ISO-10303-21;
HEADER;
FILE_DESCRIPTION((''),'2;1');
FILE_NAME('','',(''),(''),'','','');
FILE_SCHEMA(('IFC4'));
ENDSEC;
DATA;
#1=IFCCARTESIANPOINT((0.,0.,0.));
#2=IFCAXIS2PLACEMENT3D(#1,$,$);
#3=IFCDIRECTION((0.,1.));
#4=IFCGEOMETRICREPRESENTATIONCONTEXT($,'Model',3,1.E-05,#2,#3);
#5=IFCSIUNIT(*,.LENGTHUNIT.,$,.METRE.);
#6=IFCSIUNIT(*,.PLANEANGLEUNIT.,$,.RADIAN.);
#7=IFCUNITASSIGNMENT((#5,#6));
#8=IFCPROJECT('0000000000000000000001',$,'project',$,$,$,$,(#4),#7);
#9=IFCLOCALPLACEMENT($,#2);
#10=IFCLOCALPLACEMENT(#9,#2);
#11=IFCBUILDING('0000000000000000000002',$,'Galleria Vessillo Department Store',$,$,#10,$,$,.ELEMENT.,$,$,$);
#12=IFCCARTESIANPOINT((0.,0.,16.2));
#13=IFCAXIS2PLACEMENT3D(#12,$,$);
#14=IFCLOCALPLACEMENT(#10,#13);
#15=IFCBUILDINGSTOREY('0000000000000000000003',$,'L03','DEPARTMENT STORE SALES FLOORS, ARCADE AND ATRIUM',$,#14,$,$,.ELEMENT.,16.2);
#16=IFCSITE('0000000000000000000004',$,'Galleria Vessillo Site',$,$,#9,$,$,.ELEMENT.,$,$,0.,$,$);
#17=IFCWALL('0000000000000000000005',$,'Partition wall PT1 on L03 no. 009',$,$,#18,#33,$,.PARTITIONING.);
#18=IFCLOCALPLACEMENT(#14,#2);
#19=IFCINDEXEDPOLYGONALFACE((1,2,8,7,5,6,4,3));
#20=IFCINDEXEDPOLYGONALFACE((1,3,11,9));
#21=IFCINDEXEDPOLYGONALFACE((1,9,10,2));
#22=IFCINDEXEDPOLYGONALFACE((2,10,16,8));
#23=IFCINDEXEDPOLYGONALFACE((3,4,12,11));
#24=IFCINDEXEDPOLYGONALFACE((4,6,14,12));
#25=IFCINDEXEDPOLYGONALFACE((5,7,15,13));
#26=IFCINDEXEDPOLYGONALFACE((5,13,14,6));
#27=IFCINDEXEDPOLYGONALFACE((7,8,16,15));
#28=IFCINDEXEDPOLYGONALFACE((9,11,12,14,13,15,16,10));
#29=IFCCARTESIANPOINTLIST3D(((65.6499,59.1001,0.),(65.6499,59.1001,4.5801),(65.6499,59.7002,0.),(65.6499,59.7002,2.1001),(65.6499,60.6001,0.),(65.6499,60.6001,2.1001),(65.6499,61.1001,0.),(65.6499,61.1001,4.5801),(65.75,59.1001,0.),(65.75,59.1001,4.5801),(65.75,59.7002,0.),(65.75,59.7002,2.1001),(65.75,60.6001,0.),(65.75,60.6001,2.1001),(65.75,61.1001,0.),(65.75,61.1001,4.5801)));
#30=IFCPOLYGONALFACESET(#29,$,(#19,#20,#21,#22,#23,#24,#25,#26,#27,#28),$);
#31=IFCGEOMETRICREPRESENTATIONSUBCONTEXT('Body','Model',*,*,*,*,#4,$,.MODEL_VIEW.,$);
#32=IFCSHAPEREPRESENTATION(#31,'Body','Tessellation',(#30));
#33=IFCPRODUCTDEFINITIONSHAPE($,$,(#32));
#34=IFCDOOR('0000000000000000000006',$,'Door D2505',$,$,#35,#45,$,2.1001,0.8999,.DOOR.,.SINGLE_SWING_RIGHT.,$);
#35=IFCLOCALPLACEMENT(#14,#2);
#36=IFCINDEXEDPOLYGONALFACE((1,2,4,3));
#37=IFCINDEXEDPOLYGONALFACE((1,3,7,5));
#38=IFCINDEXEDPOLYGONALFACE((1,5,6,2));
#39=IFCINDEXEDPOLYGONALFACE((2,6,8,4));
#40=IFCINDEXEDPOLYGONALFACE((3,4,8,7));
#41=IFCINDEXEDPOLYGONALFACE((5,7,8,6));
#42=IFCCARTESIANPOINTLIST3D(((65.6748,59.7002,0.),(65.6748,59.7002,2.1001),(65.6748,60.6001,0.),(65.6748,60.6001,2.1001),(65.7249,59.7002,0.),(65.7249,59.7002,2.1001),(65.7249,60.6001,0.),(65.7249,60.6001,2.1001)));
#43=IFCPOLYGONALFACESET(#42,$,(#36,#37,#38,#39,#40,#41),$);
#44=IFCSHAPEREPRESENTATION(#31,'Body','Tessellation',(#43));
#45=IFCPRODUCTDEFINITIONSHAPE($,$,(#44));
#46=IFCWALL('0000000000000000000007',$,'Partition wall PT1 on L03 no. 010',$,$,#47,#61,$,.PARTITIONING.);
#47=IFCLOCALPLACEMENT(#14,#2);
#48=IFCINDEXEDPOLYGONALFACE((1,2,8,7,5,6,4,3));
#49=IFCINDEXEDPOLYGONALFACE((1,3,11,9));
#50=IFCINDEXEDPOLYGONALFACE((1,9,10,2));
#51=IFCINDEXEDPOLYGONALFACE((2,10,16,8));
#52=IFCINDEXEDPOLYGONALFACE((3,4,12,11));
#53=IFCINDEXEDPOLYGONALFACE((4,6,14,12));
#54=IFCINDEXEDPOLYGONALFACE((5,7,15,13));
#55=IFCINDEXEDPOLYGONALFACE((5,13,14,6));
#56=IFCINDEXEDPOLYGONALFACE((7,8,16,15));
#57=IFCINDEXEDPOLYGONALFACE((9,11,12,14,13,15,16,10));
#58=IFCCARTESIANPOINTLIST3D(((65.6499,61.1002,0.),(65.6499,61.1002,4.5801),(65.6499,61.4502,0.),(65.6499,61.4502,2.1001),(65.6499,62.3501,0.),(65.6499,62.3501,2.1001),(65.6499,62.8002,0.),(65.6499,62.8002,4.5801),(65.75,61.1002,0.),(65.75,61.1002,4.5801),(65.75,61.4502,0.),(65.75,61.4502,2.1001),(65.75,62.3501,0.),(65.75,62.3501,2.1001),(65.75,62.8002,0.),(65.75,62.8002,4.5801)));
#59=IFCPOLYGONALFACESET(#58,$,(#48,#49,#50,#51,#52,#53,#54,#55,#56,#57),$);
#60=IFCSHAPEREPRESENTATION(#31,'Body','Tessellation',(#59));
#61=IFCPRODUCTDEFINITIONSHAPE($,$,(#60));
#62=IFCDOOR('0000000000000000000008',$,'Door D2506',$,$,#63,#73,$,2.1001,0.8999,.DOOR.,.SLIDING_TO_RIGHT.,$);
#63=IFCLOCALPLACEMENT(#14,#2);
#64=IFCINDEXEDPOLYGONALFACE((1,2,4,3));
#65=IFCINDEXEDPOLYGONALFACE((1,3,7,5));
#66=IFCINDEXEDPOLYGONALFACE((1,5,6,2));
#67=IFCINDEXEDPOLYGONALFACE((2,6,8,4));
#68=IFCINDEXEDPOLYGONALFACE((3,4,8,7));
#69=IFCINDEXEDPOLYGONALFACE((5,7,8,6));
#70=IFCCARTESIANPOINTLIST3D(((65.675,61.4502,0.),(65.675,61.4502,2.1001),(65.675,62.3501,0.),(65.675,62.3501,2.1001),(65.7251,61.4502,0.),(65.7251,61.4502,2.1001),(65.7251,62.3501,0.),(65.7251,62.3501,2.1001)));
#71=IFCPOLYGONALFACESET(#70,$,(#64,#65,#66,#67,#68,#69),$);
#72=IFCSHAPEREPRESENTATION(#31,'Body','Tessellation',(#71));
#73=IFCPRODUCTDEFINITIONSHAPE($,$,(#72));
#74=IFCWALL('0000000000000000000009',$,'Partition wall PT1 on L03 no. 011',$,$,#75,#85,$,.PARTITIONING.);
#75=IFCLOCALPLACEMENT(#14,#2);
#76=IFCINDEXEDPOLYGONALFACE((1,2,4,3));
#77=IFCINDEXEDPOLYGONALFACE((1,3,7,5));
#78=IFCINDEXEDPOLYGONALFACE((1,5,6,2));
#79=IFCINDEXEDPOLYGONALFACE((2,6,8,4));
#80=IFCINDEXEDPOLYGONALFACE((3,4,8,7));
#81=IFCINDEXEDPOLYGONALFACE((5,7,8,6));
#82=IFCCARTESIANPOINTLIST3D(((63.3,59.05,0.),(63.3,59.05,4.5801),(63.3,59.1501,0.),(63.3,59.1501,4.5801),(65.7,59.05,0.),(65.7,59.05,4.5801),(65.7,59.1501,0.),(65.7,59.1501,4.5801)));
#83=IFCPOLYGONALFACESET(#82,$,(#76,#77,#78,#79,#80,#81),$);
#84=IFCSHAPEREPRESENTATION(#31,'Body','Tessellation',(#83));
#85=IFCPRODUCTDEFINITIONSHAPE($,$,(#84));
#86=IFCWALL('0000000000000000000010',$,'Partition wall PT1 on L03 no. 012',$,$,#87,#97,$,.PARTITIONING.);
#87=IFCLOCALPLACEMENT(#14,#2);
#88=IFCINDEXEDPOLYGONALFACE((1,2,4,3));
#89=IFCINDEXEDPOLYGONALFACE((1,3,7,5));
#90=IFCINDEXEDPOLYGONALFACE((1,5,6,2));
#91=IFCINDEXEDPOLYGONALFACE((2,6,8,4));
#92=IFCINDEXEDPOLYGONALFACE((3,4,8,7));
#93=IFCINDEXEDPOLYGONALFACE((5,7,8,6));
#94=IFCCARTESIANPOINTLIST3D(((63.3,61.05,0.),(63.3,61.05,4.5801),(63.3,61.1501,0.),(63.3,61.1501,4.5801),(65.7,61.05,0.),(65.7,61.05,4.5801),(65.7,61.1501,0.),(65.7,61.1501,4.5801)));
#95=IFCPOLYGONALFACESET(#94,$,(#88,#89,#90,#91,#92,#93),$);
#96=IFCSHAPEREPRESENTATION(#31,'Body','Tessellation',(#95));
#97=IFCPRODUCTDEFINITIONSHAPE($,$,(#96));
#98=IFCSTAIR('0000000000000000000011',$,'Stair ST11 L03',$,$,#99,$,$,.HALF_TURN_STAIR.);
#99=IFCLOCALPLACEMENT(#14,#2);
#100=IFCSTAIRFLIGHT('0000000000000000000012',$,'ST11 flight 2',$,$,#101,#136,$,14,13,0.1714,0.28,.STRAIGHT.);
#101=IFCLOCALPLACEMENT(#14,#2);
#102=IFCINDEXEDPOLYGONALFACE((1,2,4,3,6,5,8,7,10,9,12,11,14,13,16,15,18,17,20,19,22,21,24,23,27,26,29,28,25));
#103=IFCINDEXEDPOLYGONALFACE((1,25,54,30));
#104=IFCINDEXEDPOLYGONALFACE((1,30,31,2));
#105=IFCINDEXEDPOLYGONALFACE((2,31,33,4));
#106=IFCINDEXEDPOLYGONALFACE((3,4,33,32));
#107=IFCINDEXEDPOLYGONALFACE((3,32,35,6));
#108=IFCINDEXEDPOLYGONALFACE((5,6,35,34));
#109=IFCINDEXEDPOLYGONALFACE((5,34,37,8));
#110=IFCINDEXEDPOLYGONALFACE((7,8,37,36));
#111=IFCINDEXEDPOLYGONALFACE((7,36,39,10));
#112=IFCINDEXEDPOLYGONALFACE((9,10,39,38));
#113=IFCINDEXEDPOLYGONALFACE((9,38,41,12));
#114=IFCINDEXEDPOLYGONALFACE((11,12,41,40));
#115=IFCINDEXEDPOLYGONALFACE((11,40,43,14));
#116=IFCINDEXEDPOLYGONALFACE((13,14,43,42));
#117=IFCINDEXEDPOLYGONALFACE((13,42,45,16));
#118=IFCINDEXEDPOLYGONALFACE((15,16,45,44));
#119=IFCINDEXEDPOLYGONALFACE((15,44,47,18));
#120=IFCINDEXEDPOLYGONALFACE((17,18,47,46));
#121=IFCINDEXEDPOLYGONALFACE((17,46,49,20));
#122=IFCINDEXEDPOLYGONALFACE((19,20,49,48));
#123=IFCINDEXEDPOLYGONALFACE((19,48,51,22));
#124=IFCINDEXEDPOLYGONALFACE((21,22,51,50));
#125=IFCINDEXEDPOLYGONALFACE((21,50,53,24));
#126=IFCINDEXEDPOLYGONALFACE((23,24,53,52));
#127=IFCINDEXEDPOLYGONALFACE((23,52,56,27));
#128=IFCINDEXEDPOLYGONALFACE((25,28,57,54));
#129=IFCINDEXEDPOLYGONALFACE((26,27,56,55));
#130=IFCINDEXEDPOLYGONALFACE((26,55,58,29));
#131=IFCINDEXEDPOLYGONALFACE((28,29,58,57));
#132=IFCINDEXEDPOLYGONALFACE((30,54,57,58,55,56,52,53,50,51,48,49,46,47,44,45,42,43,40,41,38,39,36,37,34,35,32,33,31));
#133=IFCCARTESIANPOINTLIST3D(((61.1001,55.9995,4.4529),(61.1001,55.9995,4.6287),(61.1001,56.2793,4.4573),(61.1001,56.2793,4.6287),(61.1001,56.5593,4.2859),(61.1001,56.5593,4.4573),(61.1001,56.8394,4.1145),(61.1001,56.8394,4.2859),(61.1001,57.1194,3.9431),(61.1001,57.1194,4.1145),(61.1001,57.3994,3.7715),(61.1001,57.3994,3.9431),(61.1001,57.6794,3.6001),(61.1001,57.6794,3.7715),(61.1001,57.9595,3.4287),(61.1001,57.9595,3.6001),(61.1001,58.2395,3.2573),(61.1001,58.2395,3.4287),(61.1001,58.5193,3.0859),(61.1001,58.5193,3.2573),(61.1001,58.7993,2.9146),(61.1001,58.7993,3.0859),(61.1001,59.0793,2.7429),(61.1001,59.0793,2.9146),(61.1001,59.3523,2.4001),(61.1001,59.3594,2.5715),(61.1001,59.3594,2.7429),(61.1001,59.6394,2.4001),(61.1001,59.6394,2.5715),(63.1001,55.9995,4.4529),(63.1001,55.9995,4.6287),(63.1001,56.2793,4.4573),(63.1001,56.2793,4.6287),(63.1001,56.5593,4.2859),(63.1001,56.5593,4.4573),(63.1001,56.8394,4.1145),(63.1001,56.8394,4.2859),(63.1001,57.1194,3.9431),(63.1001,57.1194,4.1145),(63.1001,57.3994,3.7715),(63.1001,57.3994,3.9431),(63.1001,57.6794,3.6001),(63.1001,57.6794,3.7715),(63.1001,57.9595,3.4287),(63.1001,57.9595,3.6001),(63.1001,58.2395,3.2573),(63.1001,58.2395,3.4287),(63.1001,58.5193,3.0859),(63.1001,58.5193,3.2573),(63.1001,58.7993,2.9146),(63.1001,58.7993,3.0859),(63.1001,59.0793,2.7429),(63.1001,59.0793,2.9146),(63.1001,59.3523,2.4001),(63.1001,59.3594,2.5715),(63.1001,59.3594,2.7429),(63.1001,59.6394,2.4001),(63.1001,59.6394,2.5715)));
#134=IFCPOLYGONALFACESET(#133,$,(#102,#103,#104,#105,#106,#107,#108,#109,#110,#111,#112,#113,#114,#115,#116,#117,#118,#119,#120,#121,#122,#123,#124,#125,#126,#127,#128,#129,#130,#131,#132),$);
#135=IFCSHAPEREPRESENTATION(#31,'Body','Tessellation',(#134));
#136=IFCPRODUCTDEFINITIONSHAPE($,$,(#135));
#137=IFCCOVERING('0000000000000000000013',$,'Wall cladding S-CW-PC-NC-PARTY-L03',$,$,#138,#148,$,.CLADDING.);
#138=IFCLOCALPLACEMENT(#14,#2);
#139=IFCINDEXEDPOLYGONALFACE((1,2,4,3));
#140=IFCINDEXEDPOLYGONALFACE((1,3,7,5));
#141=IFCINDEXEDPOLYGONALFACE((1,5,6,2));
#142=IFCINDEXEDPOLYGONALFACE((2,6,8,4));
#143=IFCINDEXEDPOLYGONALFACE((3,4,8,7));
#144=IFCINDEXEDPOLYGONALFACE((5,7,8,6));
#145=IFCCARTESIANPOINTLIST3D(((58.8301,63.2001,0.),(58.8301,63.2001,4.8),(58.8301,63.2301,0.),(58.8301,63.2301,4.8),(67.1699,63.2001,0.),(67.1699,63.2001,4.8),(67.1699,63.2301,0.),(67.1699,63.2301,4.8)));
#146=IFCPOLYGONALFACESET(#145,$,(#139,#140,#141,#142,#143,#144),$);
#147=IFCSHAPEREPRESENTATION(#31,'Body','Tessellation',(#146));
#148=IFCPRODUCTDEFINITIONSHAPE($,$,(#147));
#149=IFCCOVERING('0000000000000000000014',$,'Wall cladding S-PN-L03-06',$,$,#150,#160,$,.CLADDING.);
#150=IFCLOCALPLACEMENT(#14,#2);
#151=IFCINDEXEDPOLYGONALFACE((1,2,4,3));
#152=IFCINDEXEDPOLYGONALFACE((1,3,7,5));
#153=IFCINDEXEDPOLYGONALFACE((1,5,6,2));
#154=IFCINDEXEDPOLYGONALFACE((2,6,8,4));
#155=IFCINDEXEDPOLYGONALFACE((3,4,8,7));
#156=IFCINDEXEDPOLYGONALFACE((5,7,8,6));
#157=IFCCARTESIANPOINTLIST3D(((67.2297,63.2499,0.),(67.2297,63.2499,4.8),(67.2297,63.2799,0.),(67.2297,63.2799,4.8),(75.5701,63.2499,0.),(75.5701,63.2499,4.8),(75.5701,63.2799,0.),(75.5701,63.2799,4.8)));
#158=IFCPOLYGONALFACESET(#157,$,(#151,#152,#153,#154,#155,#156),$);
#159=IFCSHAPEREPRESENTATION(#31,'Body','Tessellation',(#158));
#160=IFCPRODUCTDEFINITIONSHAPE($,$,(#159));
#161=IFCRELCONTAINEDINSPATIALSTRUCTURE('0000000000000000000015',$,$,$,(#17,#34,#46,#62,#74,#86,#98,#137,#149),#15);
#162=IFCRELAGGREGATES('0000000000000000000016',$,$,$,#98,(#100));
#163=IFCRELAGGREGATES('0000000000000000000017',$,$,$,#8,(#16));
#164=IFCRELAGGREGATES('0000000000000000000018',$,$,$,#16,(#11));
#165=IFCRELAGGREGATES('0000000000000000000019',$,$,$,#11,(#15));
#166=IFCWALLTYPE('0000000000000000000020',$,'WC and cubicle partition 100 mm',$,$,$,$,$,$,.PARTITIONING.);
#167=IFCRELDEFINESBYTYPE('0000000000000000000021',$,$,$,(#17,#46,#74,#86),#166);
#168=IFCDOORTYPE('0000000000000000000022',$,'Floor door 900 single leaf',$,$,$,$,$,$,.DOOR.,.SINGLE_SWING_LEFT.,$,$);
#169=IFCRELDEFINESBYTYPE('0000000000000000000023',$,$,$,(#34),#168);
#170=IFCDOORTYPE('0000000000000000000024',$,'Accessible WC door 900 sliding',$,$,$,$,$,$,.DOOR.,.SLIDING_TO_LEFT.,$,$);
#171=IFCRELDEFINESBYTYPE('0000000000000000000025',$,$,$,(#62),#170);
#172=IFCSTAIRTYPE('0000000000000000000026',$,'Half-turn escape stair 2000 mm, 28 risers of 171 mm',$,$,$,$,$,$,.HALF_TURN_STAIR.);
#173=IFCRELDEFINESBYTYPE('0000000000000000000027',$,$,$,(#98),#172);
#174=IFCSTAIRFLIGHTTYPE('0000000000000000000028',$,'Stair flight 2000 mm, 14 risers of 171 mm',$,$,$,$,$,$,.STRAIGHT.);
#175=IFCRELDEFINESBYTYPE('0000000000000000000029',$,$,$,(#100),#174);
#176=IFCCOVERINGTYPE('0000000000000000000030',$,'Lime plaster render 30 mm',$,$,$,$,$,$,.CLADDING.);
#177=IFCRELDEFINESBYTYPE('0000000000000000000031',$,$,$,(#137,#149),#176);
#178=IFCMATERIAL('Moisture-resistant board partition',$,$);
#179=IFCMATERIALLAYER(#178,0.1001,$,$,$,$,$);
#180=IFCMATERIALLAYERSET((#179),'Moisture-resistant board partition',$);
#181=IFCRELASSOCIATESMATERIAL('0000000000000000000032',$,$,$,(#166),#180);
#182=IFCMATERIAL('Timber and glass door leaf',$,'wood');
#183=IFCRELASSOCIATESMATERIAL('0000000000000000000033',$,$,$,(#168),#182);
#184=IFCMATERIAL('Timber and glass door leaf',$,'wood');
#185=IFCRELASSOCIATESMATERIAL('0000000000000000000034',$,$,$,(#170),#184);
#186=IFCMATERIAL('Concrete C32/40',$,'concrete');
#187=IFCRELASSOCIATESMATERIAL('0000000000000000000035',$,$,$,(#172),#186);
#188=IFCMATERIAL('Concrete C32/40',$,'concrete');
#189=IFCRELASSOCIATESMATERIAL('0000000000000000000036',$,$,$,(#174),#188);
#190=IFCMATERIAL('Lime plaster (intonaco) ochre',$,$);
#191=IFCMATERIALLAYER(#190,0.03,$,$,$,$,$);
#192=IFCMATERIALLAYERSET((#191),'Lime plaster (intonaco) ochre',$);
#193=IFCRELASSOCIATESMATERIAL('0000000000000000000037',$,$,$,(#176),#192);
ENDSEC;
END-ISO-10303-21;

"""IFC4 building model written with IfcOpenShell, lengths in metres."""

from ifc_helpers import new_model, si_unit, direction, frame, frame_2d, origin, origin_2d, place, context, subcontext, project, spatial, polyline, rectangle, outline, extrude, material, layer, layer_set, type_object, element, fill, aggregate, save


model = new_model("IFC4")

# Units and contexts
model_context = context("Model", 3, precision=1e-05, world=origin(), true_north=direction((0.0, 1.0)))
body_context = subcontext(model_context, "Body", "Model", "MODEL_VIEW")
ifc_project = project(units=[si_unit("LENGTHUNIT", "METRE"), si_unit("PLANEANGLEUNIT", "RADIAN")], contexts=[model_context])

# Site, building, storey
site_placement = place(None, origin())
site = spatial("IfcSite", under=ifc_project, at=site_placement, Name="Galleria Vessillo Site", CompositionType="ELEMENT", RefElevation=0.0)
building_placement = place(site_placement, origin())
building = spatial("IfcBuilding", under=site, at=building_placement, Name="Galleria Vessillo Department Store", CompositionType="ELEMENT")
storey_placement = place(building_placement, frame((0.0, 0.0, 16.2)))
storey = spatial("IfcBuildingStorey", under=building, at=storey_placement, Name="L03", Description="DEPARTMENT STORE SALES FLOORS, ARCADE AND ATRIUM", CompositionType="ELEMENT", Elevation=16.2)

# Shared definitions
ifc_material_1 = material(Name="Moisture-resistant board partition")
ifc_layer_1 = layer(ifc_material_1, 0.1001)
ifc_layer_set_1 = layer_set([ifc_layer_1], Name="Moisture-resistant board partition")
wall_type_1 = type_object("IfcWallType", Name="WC and cubicle partition 100 mm", PredefinedType="PARTITIONING", material=ifc_layer_set_1)
ifc_material_2 = material(Name="Timber and glass door leaf", Category="wood")
door_type_1 = type_object("IfcDoorType", Name="Floor door 900 single leaf", OperationType="SINGLE_SWING_LEFT", PredefinedType="DOOR", material=ifc_material_2)

# Walls, openings, doors
wall_1_placement = place(storey_placement, frame((65.7, 59.1001, 0.0), z_axis=(0.0, 0.0, 1.0), x_axis=(0.0, 1.0, 0.0)))
wall_1 = element("IfcWall", 1, at=wall_1_placement, inside=storey, type_object=wall_type_1, Name="Partition wall PT1 on L03 no. 009", PredefinedType="PARTITIONING", context=body_context, shape_type="SweptSolid", body=[
    extrude(rectangle(XDim=2.0, YDim=0.1001, at=frame_2d((1.0, 0.0))), origin(), (0.0, 0.0, 1.0), 4.5801),
])
opening_1_placement = place(wall_1_placement, frame((0.6001, 0.0, 0.0)))
opening_1 = element("IfcOpeningElement", 2, at=opening_1_placement, cuts=wall_1, PredefinedType="OPENING", context=body_context, shape_type="SweptSolid", body=[
    extrude(rectangle(XDim=0.8999, YDim=2.1001, at=frame_2d((0.45, 1.05))), frame((0.0, 0.0601, 0.0), z_axis=(0.0, -1.0, 0.0), x_axis=(1.0, 0.0, 0.0)), (0.0, 0.0, 1.0), 0.1201),
])
door_1_placement = place(opening_1_placement, frame((0.8999, 0.0, 0.0), z_axis=(0.0, 0.0, 1.0), x_axis=(-1.0, 0.0, 0.0)))
door_1 = element("IfcDoor", 3, at=door_1_placement, inside=storey, type_object=door_type_1, Name="Door D2505", OperationType="SINGLE_SWING_RIGHT", OverallHeight=2.1001, OverallWidth=0.8999, PredefinedType="DOOR", context=body_context, shape_type="SweptSolid", body=[
    extrude(rectangle(XDim=0.8999, YDim=2.1001, at=frame_2d((0.45, 1.05))), frame((0.0, 0.0249, 0.0), z_axis=(0.0, -1.0, 0.0), x_axis=(1.0, 0.0, 0.0)), (0.0, 0.0, 1.0), 0.05),
])
fill(opening_1, door_1)
wall_2_placement = place(storey_placement, frame((65.7, 61.1001, 0.0), z_axis=(0.0, 0.0, 1.0), x_axis=(0.0, 1.0, 0.0)))
wall_2 = element("IfcWall", 4, at=wall_2_placement, inside=storey, type_object=wall_type_1, Name="Partition wall PT1 on L03 no. 010", PredefinedType="PARTITIONING", context=body_context, shape_type="SweptSolid", body=[
    extrude(rectangle(XDim=1.7, YDim=0.1001, at=frame_2d((0.8501, 0.0))), origin(), (0.0, 0.0, 1.0), 4.5801),
])
opening_2_placement = place(wall_2_placement, frame((0.3501, 0.0, 0.0)))
opening_2 = element("IfcOpeningElement", 5, at=opening_2_placement, cuts=wall_2, PredefinedType="OPENING", context=body_context, shape_type="SweptSolid", body=[
    extrude(rectangle(XDim=0.8999, YDim=2.1001, at=frame_2d((0.45, 1.05))), frame((0.0, 0.0601, 0.0), z_axis=(0.0, -1.0, 0.0), x_axis=(1.0, 0.0, 0.0)), (0.0, 0.0, 1.0), 0.1201),
])
ifc_material_3 = material(Name="Timber and glass door leaf", Category="wood")
door_type_2 = type_object("IfcDoorType", Name="Accessible WC door 900 sliding", OperationType="SLIDING_TO_LEFT", PredefinedType="DOOR", material=ifc_material_3)
door_2_placement = place(opening_2_placement, origin())
door_2 = element("IfcDoor", 6, at=door_2_placement, inside=storey, type_object=door_type_2, Name="Door D2506", OperationType="SLIDING_TO_RIGHT", OverallHeight=2.1001, OverallWidth=0.8999, PredefinedType="DOOR", context=body_context, shape_type="SweptSolid", body=[
    extrude(rectangle(XDim=0.8999, YDim=2.1001, at=frame_2d((0.45, 1.05))), frame((0.0, 0.0249, 0.0), z_axis=(0.0, -1.0, 0.0), x_axis=(1.0, 0.0, 0.0)), (0.0, 0.0, 1.0), 0.05),
])
fill(opening_2, door_2)

# Walls
for number, where, z_axis, x_axis, name in (
    (7, (63.3, 59.1001, 0.0), (0.0, 0.0, 1.0), (1.0, 0.0, 0.0), "Partition wall PT1 on L03 no. 011"),
    (8, (63.3, 61.1001, 0.0), (0.0, 0.0, 1.0), (1.0, 0.0, 0.0), "Partition wall PT1 on L03 no. 012"),
):
    element("IfcWall", number, at=place(storey_placement, frame(where, z_axis=z_axis, x_axis=x_axis)), inside=storey, type_object=wall_type_1, Name=name, PredefinedType="PARTITIONING", context=body_context, shape_type="SweptSolid", body=[
        extrude(rectangle(XDim=2.3999, YDim=0.1001, at=frame_2d((1.2, 0.0))), origin(), (0.0, 0.0, 1.0), 4.5801),
    ])

# Stair, stair flight
ifc_material_4 = material(Name="Concrete C32/40", Category="concrete")
stair_type = type_object("IfcStairType", Name="Half-turn escape stair 2000 mm, 28 risers of 171 mm", PredefinedType="HALF_TURN_STAIR", material=ifc_material_4)
stair_placement = place(storey_placement, origin())
stair = element("IfcStair", 9, at=stair_placement, inside=storey, type_object=stair_type, Name="Stair ST11 L03", PredefinedType="HALF_TURN_STAIR")
ifc_material_5 = material(Name="Concrete C32/40", Category="concrete")
stair_flight_type = type_object("IfcStairFlightType", Name="Stair flight 2000 mm, 14 risers of 171 mm", PredefinedType="STRAIGHT", material=ifc_material_5)
stair_flight_placement = place(storey_placement, frame((62.1001, 59.6394, 2.4001), z_axis=(0.0, 0.0, 1.0), x_axis=(0.0, -1.0, 0.0)))
stair_flight = element("IfcStairFlight", 10, at=stair_flight_placement, type_object=stair_flight_type, Name="ST11 flight 2", NumberOfRisers=14, NumberOfTreads=13, PredefinedType="STRAIGHT", RiserHeight=0.1714, TreadLength=0.28, context=body_context, shape_type="SweptSolid", body=[
    extrude(outline(polyline([(0.0, 0.0), (0.0, 0.1714), (0.28, 0.1714), (0.28, 0.3428), (0.5601, 0.3428), (0.5601, 0.5144), (0.8401, 0.5144), (0.8401, 0.6858), (1.1201, 0.6858), (1.1201, 0.8572), (1.3999, 0.8572), (1.3999, 1.0286), (1.6799, 1.0286), (1.6799, 1.2), (1.96, 1.2), (1.96, 1.3713), (2.24, 1.3713), (2.24, 1.543), (2.52, 1.543), (2.52, 1.7144), (2.8, 1.7144), (2.8, 1.8857), (3.0801, 1.8857), (3.0801, 2.0571), (3.3601, 2.0571), (3.3601, 2.2285), (3.6399, 2.2285), (3.6399, 2.3999), (3.6399, 2.0527), (0.2871, 0.0), (0.0, 0.0)])), frame((0.0, 1.0, 0.0), z_axis=(0.0, -1.0, 0.0), x_axis=(1.0, 0.0, 0.0)), (0.0, 0.0, 1.0), 2.0),
])
aggregate(stair, [stair_flight])

# Coverings
ifc_material_6 = material(Name="Lime plaster (intonaco) ochre")
ifc_layer_2 = layer(ifc_material_6, 0.03)
ifc_layer_set_2 = layer_set([ifc_layer_2], Name="Lime plaster (intonaco) ochre")
covering_type = type_object("IfcCoveringType", Name="Lime plaster render 30 mm", PredefinedType="CLADDING", material=ifc_layer_set_2)
covering_1_placement = place(storey_placement, frame((63.0, 63.2151, 0.0), z_axis=(0.0, 0.0, 1.0), x_axis=(1.0, 0.0, 0.0)))
element("IfcCovering", 11, at=covering_1_placement, inside=storey, type_object=covering_type, Name="Wall cladding S-CW-PC-NC-PARTY-L03", PredefinedType="CLADDING", context=body_context, shape_type="SweptSolid", body=[
    extrude(rectangle(XDim=8.3398, YDim=0.03, at=origin_2d()), origin(), (0.0, 0.0, 1.0), 4.8),
])
covering_2_placement = place(storey_placement, frame((71.3999, 63.2649, 0.0), z_axis=(0.0, 0.0, 1.0), x_axis=(1.0, 0.0, 0.0)))
element("IfcCovering", 12, at=covering_2_placement, inside=storey, type_object=covering_type, Name="Wall cladding S-PN-L03-06", PredefinedType="CLADDING", context=body_context, shape_type="SweptSolid", body=[
    extrude(rectangle(XDim=8.3403, YDim=0.03, at=origin_2d()), origin(), (0.0, 0.0, 1.0), 4.8),
])

save(model, "model.ifc")
